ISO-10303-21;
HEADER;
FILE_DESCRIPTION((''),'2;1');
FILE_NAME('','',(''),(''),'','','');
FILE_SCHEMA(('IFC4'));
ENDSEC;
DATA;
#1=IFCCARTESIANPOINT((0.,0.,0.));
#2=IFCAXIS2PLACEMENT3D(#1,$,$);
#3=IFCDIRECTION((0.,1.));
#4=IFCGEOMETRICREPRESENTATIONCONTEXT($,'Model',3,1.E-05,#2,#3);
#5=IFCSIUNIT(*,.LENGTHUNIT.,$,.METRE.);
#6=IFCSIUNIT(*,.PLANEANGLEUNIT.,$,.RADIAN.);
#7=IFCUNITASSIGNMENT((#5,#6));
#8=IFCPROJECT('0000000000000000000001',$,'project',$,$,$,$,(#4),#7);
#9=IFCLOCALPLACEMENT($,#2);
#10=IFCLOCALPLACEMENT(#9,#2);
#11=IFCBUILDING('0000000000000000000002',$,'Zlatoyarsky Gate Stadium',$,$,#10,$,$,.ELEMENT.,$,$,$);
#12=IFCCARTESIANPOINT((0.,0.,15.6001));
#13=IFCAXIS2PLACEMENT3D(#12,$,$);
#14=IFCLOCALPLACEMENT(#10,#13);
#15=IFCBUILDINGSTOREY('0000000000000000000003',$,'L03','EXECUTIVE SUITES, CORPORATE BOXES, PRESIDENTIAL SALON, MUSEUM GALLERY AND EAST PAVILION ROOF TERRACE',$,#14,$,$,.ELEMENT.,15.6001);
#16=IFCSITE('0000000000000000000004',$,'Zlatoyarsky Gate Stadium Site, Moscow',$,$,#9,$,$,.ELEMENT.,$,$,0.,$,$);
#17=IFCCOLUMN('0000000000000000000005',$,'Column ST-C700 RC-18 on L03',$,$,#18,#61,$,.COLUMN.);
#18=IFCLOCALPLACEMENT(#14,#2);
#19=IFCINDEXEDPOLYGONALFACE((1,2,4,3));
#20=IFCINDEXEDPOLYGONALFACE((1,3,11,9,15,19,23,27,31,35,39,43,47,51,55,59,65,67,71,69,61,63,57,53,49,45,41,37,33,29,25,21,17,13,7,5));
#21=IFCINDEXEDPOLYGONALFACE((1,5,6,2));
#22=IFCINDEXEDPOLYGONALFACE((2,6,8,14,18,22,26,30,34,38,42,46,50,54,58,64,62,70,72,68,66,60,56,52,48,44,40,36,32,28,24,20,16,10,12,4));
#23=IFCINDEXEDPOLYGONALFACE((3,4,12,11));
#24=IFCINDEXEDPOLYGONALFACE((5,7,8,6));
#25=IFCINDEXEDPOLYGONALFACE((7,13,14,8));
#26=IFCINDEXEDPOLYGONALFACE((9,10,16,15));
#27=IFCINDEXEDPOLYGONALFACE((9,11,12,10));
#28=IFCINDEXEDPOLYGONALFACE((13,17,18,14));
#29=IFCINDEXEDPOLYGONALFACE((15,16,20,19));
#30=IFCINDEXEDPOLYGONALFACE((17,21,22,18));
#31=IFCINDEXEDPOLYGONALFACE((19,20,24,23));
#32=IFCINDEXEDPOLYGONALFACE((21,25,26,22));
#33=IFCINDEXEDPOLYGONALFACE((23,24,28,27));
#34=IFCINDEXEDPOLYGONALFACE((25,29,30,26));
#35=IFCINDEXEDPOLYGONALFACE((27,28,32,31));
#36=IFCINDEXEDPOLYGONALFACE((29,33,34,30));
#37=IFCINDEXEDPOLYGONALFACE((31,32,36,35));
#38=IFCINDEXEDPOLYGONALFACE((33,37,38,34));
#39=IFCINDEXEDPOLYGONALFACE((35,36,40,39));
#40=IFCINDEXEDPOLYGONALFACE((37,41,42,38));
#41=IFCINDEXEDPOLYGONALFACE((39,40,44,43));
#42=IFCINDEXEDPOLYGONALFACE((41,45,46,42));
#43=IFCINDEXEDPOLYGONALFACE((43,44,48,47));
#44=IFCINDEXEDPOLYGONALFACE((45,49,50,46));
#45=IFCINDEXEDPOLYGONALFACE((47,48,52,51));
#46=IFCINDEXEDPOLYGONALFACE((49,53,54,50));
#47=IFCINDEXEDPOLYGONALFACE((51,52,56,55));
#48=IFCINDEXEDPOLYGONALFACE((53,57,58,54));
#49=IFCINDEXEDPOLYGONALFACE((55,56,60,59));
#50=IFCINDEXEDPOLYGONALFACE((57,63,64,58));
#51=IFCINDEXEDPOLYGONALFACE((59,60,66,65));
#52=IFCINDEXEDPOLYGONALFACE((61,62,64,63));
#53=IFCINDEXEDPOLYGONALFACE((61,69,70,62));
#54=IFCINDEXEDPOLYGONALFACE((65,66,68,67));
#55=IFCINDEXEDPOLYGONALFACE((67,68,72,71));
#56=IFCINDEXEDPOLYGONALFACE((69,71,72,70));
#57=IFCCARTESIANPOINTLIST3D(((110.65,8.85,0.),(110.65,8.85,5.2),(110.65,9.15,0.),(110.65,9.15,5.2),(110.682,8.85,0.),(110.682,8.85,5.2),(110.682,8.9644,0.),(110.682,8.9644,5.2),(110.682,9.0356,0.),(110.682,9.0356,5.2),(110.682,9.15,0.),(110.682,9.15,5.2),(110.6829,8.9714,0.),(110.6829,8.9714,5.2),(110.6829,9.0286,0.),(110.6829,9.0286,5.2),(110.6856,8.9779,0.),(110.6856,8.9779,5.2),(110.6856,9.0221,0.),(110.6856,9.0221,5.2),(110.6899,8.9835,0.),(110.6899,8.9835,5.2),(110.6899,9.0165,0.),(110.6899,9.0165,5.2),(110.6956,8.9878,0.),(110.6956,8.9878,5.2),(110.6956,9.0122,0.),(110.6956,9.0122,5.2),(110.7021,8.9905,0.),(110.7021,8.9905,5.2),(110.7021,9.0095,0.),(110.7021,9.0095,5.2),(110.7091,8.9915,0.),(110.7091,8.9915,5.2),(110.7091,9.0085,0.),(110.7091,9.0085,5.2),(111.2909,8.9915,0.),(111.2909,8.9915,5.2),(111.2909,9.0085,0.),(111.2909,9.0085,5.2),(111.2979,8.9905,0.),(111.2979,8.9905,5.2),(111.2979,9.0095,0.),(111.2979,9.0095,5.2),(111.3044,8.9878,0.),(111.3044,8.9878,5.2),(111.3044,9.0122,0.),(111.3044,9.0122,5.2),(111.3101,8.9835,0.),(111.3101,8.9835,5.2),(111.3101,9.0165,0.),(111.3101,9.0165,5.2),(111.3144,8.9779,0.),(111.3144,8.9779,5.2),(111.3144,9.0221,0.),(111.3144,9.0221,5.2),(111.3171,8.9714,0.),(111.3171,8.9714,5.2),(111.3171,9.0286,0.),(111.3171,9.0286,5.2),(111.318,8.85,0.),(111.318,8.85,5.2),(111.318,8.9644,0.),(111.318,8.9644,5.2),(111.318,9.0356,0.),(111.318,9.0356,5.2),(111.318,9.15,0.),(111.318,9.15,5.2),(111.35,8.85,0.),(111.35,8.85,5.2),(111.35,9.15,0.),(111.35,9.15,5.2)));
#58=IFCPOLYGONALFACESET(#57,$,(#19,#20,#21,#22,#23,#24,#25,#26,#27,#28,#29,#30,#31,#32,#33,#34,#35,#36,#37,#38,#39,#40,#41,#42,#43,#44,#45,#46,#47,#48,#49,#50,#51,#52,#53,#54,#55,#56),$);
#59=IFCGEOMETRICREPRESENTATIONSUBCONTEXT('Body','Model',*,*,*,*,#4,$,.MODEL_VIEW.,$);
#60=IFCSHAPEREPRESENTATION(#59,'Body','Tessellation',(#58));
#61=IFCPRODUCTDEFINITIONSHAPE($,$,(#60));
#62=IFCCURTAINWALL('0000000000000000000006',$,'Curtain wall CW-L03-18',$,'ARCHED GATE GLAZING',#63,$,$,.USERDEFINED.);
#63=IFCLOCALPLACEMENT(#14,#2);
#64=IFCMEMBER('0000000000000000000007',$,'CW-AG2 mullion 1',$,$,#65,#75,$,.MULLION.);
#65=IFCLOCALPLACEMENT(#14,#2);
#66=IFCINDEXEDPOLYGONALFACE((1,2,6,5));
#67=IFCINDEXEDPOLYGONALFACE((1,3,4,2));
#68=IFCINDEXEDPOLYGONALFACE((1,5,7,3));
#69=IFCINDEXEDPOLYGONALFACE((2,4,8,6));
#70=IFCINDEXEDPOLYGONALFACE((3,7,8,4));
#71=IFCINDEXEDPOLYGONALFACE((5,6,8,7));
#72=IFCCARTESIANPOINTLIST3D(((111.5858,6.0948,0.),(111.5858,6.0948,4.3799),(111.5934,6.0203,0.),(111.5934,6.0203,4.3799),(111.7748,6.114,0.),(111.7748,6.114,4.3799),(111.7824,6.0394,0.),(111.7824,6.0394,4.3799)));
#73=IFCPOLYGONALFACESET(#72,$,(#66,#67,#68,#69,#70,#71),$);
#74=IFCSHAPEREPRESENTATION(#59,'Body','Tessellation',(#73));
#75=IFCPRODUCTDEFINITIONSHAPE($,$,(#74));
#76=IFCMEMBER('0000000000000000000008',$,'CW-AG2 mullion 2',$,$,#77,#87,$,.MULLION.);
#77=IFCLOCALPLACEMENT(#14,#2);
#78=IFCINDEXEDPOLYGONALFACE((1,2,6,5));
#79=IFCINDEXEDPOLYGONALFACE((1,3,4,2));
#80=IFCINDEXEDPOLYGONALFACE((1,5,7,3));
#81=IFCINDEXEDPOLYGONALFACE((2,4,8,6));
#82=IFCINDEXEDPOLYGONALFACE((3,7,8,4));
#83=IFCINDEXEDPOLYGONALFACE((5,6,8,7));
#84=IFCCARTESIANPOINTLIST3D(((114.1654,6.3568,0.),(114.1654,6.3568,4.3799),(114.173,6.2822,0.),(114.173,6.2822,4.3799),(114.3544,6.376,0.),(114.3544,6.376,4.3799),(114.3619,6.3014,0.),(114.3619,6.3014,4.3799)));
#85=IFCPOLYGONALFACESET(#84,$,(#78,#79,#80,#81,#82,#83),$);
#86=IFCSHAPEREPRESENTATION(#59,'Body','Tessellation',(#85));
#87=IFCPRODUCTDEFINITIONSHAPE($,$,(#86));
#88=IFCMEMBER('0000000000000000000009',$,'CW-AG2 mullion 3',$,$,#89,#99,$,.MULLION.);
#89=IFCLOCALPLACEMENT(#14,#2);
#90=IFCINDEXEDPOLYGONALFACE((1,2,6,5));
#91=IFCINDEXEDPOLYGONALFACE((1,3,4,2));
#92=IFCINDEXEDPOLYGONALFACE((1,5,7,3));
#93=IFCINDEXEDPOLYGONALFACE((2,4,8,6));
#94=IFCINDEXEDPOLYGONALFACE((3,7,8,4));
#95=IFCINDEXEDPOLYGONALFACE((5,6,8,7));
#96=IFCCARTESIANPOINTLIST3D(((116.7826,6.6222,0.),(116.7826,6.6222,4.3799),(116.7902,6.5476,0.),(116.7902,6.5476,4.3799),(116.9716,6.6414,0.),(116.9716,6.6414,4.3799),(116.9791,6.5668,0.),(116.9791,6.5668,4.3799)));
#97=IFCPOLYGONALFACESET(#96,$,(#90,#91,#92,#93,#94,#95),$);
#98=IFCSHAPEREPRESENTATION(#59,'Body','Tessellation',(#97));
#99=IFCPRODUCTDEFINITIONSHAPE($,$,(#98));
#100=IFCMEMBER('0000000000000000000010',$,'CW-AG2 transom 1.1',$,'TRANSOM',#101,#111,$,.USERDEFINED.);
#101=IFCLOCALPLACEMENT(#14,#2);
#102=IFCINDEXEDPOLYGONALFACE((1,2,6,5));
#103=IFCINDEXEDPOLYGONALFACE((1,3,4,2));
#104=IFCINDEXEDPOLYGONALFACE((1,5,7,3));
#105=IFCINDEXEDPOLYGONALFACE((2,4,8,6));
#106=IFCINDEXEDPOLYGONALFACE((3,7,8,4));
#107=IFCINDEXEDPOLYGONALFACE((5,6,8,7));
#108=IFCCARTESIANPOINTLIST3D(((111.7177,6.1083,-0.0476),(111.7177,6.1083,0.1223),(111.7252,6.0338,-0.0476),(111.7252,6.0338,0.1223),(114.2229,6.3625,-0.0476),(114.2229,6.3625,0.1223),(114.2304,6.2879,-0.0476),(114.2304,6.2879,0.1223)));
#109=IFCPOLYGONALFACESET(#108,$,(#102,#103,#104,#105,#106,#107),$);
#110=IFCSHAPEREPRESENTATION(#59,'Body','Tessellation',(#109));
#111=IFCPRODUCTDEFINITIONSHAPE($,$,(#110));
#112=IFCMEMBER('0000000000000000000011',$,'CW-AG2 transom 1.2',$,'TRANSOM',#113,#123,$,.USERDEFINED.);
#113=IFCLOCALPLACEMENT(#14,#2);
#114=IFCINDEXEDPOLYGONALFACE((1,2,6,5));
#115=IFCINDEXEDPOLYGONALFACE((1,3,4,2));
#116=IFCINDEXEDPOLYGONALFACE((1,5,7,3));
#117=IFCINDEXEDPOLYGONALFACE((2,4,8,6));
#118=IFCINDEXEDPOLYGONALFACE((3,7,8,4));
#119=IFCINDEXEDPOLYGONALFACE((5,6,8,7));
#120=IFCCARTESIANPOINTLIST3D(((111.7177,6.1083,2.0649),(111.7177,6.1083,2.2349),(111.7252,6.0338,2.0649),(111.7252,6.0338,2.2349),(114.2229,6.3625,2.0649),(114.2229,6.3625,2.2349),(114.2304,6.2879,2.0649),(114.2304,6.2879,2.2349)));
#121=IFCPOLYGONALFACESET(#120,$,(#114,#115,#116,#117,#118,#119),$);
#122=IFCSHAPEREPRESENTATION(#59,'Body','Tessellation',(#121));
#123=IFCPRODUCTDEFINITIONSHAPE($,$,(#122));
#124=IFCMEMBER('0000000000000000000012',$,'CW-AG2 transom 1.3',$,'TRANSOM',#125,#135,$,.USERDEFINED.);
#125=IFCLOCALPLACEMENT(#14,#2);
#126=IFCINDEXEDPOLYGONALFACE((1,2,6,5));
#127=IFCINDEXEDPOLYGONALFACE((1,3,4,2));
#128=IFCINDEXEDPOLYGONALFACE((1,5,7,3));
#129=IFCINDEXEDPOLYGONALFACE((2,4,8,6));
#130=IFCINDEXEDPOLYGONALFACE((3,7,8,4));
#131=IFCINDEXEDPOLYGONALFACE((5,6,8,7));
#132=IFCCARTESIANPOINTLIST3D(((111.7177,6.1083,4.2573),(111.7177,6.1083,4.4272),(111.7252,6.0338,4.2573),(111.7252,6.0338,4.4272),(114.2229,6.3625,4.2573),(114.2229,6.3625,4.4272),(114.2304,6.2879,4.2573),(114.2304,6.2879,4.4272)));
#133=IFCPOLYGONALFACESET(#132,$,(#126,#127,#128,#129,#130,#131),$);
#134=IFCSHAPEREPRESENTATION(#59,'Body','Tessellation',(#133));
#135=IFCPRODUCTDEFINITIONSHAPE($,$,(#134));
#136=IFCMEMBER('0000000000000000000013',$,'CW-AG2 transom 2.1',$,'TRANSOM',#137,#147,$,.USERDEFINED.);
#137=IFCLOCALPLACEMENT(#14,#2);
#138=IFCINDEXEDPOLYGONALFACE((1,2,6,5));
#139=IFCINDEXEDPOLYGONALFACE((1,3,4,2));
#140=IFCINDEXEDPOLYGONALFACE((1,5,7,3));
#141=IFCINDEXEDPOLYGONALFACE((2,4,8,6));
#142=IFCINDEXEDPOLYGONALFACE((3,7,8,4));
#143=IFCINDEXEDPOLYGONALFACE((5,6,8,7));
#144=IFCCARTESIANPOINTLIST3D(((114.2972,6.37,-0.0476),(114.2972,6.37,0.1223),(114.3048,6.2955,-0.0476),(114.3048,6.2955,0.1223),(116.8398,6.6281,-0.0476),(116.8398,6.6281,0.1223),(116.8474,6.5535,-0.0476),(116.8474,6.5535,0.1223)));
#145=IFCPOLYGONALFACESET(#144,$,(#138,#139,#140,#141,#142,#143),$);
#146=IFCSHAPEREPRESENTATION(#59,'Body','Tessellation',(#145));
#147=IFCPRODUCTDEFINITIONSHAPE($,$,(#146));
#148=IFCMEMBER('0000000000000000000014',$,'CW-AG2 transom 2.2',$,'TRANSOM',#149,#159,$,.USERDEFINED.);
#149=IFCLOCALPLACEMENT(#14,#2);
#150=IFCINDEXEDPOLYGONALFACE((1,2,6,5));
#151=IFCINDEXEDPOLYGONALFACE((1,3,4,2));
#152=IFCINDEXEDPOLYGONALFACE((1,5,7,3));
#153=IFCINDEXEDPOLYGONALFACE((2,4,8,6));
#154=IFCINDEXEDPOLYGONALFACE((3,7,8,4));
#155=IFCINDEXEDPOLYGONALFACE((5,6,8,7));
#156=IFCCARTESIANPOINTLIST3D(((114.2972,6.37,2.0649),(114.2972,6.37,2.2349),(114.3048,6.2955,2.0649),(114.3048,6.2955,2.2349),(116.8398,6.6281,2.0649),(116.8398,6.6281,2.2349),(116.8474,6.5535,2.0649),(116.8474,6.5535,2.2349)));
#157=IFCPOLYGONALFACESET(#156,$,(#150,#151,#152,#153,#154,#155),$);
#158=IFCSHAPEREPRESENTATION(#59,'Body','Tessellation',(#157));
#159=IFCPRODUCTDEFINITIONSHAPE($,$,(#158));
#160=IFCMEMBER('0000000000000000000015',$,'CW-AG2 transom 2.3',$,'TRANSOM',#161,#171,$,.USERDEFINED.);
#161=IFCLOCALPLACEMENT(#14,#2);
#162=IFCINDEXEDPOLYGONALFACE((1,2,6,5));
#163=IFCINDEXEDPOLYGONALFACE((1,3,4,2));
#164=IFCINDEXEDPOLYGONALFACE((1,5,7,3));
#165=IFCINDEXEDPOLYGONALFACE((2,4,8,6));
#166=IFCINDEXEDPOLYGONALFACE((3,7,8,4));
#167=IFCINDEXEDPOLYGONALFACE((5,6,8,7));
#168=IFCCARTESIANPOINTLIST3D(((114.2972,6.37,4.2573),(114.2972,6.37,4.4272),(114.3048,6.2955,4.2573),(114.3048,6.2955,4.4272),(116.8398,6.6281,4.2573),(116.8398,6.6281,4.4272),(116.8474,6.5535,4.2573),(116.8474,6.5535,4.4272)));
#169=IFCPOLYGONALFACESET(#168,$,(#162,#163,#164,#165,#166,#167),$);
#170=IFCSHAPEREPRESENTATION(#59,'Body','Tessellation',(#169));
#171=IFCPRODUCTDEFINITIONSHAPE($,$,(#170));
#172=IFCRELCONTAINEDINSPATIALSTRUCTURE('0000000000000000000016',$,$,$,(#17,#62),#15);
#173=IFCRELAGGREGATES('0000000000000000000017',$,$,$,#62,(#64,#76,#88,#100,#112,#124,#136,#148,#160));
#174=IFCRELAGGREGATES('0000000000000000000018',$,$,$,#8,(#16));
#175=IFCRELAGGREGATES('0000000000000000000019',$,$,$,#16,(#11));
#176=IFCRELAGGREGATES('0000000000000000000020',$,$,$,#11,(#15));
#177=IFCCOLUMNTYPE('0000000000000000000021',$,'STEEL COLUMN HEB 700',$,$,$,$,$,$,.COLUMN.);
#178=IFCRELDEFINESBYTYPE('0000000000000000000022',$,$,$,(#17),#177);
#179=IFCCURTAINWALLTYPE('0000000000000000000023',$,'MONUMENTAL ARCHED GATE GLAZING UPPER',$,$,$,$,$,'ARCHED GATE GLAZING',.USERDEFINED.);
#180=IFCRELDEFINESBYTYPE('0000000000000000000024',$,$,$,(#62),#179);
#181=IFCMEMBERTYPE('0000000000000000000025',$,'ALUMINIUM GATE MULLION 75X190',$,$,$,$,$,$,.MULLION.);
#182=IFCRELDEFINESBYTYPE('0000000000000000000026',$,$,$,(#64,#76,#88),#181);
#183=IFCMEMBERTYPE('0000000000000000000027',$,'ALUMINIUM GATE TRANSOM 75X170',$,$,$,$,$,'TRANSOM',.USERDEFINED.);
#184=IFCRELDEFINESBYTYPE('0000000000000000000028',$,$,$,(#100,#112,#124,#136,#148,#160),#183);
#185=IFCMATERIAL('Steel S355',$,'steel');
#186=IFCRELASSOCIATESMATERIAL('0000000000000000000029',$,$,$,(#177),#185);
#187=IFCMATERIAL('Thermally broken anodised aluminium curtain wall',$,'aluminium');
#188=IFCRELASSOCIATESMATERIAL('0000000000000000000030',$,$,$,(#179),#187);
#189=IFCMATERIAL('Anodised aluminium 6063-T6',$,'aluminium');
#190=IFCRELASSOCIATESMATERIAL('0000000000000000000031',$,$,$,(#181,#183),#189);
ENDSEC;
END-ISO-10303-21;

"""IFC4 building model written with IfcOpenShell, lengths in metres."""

from ifc_helpers import new_model, si_unit, direction, frame, origin, origin_2d, place, context, subcontext, project, spatial, rectangle, i_section, extrude, material, material_profile, profile_set, type_object, element, aggregate, save


model = new_model("IFC4")

# Units and contexts
model_context = context("Model", 3, precision=1e-05, world=origin(), true_north=direction((0.0, 1.0)))
body_context = subcontext(model_context, "Body", "Model", "MODEL_VIEW")
ifc_project = project(units=[si_unit("LENGTHUNIT", "METRE"), si_unit("PLANEANGLEUNIT", "RADIAN")], contexts=[model_context])

# Site, building, storey
site_placement = place(None, origin())
site = spatial("IfcSite", under=ifc_project, at=site_placement, Name="Zlatoyarsky Gate Stadium Site, Moscow", CompositionType="ELEMENT", RefElevation=0.0)
building_placement = place(site_placement, origin())
building = spatial("IfcBuilding", under=site, at=building_placement, Name="Zlatoyarsky Gate Stadium", CompositionType="ELEMENT")
storey_placement = place(building_placement, frame((0.0, 0.0, 15.6001)))
storey = spatial("IfcBuildingStorey", under=building, at=storey_placement, Name="L03", Description="EXECUTIVE SUITES, CORPORATE BOXES, PRESIDENTIAL SALON, MUSEUM GALLERY AND EAST PAVILION ROOF TERRACE", CompositionType="ELEMENT", Elevation=15.6001)

# Column
ifc_material_1 = material(Name="Steel S355", Category="steel")
ifc_material_profile_1 = material_profile(ifc_material_1, i_section(OverallWidth=0.3, OverallDepth=0.7, WebThickness=0.0171, FlangeThickness=0.032, FilletRadius=0.0271, at=origin_2d()), Name="HEB 700")
ifc_profile_set_1 = profile_set([ifc_material_profile_1], Name="Steel S355")
column_type = type_object("IfcColumnType", Name="STEEL COLUMN HEB 700", PredefinedType="COLUMN", material=ifc_profile_set_1)
column_placement = place(storey_placement, frame((111.0, 9.0, 0.0), z_axis=(0.0, 0.0, 1.0), x_axis=(0.0, -1.0, 0.0)))
element("IfcColumn", 1, at=column_placement, inside=storey, type_object=column_type, Name="Column ST-C700 RC-18 on L03", PredefinedType="COLUMN", context=body_context, shape_type="SweptSolid", body=[
    extrude(i_section(OverallWidth=0.3, OverallDepth=0.7, WebThickness=0.0171, FlangeThickness=0.032, FilletRadius=0.0271, at=origin_2d()), origin(), (0.0, 0.0, 1.0), 5.2),
])

# Curtain wall, members
ifc_material_2 = material(Name="Thermally broken anodised aluminium curtain wall", Category="aluminium")
curtain_wall_type = type_object("IfcCurtainWallType", Name="MONUMENTAL ARCHED GATE GLAZING UPPER", ElementType="ARCHED GATE GLAZING", PredefinedType="USERDEFINED", material=ifc_material_2)
curtain_wall_placement = place(storey_placement, origin())
curtain_wall = element("IfcCurtainWall", 2, at=curtain_wall_placement, inside=storey, type_object=curtain_wall_type, Name="Curtain wall CW-L03-18", ObjectType="ARCHED GATE GLAZING", PredefinedType="USERDEFINED")
ifc_material_3 = material(Name="Anodised aluminium 6063-T6", Category="aluminium")
ifc_material_profile_2 = material_profile(ifc_material_3, rectangle(XDim=0.075, YDim=0.1899, at=origin_2d()), Name="ALU 75X190")
ifc_profile_set_2 = profile_set([ifc_material_profile_2], Name="Anodised aluminium 6063-T6")
member_type_1 = type_object("IfcMemberType", Name="ALUMINIUM GATE MULLION 75X190", PredefinedType="MULLION", material=ifc_profile_set_2)
member_1_placement = place(storey_placement, frame((111.6841, 6.0671, 0.0), z_axis=(0.0, 0.0, 1.0), x_axis=(-0.100968, 0.99489, 0.0)))
member_1 = element("IfcMember", 3, at=member_1_placement, type_object=member_type_1, Name="CW-AG2 mullion 1", PredefinedType="MULLION", context=body_context, shape_type="SweptSolid", body=[
    extrude(rectangle(XDim=0.075, YDim=0.1899, at=origin_2d()), origin(), (0.0, 0.0, 1.0), 4.3799),
])
member_2_placement = place(storey_placement, frame((114.2637, 6.3291, 0.0), z_axis=(0.0, 0.0, 1.0), x_axis=(-0.100968, 0.99489, 0.0)))
member_2 = element("IfcMember", 4, at=member_2_placement, type_object=member_type_1, Name="CW-AG2 mullion 2", PredefinedType="MULLION", context=body_context, shape_type="SweptSolid", body=[
    extrude(rectangle(XDim=0.075, YDim=0.1899, at=origin_2d()), origin(), (0.0, 0.0, 1.0), 4.3799),
])
member_3_placement = place(storey_placement, frame((116.8809, 6.5945, 0.0), z_axis=(0.0, 0.0, 1.0), x_axis=(-0.100968, 0.99489, 0.0)))
member_3 = element("IfcMember", 5, at=member_3_placement, type_object=member_type_1, Name="CW-AG2 mullion 3", PredefinedType="MULLION", context=body_context, shape_type="SweptSolid", body=[
    extrude(rectangle(XDim=0.075, YDim=0.1899, at=origin_2d()), origin(), (0.0, 0.0, 1.0), 4.3799),
])
ifc_material_profile_3 = material_profile(ifc_material_3, rectangle(XDim=0.075, YDim=0.1699, at=origin_2d()), Name="ALU 75X170")
ifc_profile_set_3 = profile_set([ifc_material_profile_3], Name="Anodised aluminium 6063-T6")
member_type_2 = type_object("IfcMemberType", Name="ALUMINIUM GATE TRANSOM 75X170", ElementType="TRANSOM", PredefinedType="USERDEFINED", material=ifc_profile_set_3)
member_4_placement = place(storey_placement, frame((111.7214, 6.071, 0.0374), z_axis=(0.994893, 0.100934, 0.0), x_axis=(-0.100934, 0.994893, 0.0)))
member_4 = element("IfcMember", 6, at=member_4_placement, type_object=member_type_2, Name="CW-AG2 transom 1.1", ObjectType="TRANSOM", PredefinedType="USERDEFINED", context=body_context, shape_type="SweptSolid", body=[
    extrude(rectangle(XDim=0.075, YDim=0.1699, at=origin_2d()), origin(), (0.0, 0.0, 1.0), 2.5181),
])
member_5_placement = place(storey_placement, frame((111.7214, 6.071, 2.1499), z_axis=(0.994893, 0.100934, 0.0), x_axis=(-0.100934, 0.994893, 0.0)))
member_5 = element("IfcMember", 7, at=member_5_placement, type_object=member_type_2, Name="CW-AG2 transom 1.2", ObjectType="TRANSOM", PredefinedType="USERDEFINED", context=body_context, shape_type="SweptSolid", body=[
    extrude(rectangle(XDim=0.075, YDim=0.1699, at=origin_2d()), origin(), (0.0, 0.0, 1.0), 2.5181),
])
member_6_placement = place(storey_placement, frame((111.7214, 6.071, 4.3423), z_axis=(0.994893, 0.100934, 0.0), x_axis=(-0.100934, 0.994893, 0.0)))
member_6 = element("IfcMember", 8, at=member_6_placement, type_object=member_type_2, Name="CW-AG2 transom 1.3", ObjectType="TRANSOM", PredefinedType="USERDEFINED", context=body_context, shape_type="SweptSolid", body=[
    extrude(rectangle(XDim=0.075, YDim=0.1699, at=origin_2d()), origin(), (0.0, 0.0, 1.0), 2.5181),
])
member_7_placement = place(storey_placement, frame((114.301, 6.3328, 0.0374), z_axis=(0.994889, 0.100979, 0.0), x_axis=(-0.100979, 0.994889, 0.0)))
member_7 = element("IfcMember", 9, at=member_7_placement, type_object=member_type_2, Name="CW-AG2 transom 2.1", ObjectType="TRANSOM", PredefinedType="USERDEFINED", context=body_context, shape_type="SweptSolid", body=[
    extrude(rectangle(XDim=0.075, YDim=0.1699, at=origin_2d()), origin(), (0.0, 0.0, 1.0), 2.5557),
])
member_8_placement = place(storey_placement, frame((114.301, 6.3328, 2.1499), z_axis=(0.994889, 0.100979, 0.0), x_axis=(-0.100979, 0.994889, 0.0)))
member_8 = element("IfcMember", 10, at=member_8_placement, type_object=member_type_2, Name="CW-AG2 transom 2.2", ObjectType="TRANSOM", PredefinedType="USERDEFINED", context=body_context, shape_type="SweptSolid", body=[
    extrude(rectangle(XDim=0.075, YDim=0.1699, at=origin_2d()), origin(), (0.0, 0.0, 1.0), 2.5557),
])
member_9_placement = place(storey_placement, frame((114.301, 6.3328, 4.3423), z_axis=(0.994889, 0.100979, 0.0), x_axis=(-0.100979, 0.994889, 0.0)))
member_9 = element("IfcMember", 11, at=member_9_placement, type_object=member_type_2, Name="CW-AG2 transom 2.3", ObjectType="TRANSOM", PredefinedType="USERDEFINED", context=body_context, shape_type="SweptSolid", body=[
    extrude(rectangle(XDim=0.075, YDim=0.1699, at=origin_2d()), origin(), (0.0, 0.0, 1.0), 2.5557),
])

aggregate(curtain_wall, [member_1, member_2, member_3, member_4, member_5, member_6, member_7, member_8, member_9])

save(model, "model.ifc")
